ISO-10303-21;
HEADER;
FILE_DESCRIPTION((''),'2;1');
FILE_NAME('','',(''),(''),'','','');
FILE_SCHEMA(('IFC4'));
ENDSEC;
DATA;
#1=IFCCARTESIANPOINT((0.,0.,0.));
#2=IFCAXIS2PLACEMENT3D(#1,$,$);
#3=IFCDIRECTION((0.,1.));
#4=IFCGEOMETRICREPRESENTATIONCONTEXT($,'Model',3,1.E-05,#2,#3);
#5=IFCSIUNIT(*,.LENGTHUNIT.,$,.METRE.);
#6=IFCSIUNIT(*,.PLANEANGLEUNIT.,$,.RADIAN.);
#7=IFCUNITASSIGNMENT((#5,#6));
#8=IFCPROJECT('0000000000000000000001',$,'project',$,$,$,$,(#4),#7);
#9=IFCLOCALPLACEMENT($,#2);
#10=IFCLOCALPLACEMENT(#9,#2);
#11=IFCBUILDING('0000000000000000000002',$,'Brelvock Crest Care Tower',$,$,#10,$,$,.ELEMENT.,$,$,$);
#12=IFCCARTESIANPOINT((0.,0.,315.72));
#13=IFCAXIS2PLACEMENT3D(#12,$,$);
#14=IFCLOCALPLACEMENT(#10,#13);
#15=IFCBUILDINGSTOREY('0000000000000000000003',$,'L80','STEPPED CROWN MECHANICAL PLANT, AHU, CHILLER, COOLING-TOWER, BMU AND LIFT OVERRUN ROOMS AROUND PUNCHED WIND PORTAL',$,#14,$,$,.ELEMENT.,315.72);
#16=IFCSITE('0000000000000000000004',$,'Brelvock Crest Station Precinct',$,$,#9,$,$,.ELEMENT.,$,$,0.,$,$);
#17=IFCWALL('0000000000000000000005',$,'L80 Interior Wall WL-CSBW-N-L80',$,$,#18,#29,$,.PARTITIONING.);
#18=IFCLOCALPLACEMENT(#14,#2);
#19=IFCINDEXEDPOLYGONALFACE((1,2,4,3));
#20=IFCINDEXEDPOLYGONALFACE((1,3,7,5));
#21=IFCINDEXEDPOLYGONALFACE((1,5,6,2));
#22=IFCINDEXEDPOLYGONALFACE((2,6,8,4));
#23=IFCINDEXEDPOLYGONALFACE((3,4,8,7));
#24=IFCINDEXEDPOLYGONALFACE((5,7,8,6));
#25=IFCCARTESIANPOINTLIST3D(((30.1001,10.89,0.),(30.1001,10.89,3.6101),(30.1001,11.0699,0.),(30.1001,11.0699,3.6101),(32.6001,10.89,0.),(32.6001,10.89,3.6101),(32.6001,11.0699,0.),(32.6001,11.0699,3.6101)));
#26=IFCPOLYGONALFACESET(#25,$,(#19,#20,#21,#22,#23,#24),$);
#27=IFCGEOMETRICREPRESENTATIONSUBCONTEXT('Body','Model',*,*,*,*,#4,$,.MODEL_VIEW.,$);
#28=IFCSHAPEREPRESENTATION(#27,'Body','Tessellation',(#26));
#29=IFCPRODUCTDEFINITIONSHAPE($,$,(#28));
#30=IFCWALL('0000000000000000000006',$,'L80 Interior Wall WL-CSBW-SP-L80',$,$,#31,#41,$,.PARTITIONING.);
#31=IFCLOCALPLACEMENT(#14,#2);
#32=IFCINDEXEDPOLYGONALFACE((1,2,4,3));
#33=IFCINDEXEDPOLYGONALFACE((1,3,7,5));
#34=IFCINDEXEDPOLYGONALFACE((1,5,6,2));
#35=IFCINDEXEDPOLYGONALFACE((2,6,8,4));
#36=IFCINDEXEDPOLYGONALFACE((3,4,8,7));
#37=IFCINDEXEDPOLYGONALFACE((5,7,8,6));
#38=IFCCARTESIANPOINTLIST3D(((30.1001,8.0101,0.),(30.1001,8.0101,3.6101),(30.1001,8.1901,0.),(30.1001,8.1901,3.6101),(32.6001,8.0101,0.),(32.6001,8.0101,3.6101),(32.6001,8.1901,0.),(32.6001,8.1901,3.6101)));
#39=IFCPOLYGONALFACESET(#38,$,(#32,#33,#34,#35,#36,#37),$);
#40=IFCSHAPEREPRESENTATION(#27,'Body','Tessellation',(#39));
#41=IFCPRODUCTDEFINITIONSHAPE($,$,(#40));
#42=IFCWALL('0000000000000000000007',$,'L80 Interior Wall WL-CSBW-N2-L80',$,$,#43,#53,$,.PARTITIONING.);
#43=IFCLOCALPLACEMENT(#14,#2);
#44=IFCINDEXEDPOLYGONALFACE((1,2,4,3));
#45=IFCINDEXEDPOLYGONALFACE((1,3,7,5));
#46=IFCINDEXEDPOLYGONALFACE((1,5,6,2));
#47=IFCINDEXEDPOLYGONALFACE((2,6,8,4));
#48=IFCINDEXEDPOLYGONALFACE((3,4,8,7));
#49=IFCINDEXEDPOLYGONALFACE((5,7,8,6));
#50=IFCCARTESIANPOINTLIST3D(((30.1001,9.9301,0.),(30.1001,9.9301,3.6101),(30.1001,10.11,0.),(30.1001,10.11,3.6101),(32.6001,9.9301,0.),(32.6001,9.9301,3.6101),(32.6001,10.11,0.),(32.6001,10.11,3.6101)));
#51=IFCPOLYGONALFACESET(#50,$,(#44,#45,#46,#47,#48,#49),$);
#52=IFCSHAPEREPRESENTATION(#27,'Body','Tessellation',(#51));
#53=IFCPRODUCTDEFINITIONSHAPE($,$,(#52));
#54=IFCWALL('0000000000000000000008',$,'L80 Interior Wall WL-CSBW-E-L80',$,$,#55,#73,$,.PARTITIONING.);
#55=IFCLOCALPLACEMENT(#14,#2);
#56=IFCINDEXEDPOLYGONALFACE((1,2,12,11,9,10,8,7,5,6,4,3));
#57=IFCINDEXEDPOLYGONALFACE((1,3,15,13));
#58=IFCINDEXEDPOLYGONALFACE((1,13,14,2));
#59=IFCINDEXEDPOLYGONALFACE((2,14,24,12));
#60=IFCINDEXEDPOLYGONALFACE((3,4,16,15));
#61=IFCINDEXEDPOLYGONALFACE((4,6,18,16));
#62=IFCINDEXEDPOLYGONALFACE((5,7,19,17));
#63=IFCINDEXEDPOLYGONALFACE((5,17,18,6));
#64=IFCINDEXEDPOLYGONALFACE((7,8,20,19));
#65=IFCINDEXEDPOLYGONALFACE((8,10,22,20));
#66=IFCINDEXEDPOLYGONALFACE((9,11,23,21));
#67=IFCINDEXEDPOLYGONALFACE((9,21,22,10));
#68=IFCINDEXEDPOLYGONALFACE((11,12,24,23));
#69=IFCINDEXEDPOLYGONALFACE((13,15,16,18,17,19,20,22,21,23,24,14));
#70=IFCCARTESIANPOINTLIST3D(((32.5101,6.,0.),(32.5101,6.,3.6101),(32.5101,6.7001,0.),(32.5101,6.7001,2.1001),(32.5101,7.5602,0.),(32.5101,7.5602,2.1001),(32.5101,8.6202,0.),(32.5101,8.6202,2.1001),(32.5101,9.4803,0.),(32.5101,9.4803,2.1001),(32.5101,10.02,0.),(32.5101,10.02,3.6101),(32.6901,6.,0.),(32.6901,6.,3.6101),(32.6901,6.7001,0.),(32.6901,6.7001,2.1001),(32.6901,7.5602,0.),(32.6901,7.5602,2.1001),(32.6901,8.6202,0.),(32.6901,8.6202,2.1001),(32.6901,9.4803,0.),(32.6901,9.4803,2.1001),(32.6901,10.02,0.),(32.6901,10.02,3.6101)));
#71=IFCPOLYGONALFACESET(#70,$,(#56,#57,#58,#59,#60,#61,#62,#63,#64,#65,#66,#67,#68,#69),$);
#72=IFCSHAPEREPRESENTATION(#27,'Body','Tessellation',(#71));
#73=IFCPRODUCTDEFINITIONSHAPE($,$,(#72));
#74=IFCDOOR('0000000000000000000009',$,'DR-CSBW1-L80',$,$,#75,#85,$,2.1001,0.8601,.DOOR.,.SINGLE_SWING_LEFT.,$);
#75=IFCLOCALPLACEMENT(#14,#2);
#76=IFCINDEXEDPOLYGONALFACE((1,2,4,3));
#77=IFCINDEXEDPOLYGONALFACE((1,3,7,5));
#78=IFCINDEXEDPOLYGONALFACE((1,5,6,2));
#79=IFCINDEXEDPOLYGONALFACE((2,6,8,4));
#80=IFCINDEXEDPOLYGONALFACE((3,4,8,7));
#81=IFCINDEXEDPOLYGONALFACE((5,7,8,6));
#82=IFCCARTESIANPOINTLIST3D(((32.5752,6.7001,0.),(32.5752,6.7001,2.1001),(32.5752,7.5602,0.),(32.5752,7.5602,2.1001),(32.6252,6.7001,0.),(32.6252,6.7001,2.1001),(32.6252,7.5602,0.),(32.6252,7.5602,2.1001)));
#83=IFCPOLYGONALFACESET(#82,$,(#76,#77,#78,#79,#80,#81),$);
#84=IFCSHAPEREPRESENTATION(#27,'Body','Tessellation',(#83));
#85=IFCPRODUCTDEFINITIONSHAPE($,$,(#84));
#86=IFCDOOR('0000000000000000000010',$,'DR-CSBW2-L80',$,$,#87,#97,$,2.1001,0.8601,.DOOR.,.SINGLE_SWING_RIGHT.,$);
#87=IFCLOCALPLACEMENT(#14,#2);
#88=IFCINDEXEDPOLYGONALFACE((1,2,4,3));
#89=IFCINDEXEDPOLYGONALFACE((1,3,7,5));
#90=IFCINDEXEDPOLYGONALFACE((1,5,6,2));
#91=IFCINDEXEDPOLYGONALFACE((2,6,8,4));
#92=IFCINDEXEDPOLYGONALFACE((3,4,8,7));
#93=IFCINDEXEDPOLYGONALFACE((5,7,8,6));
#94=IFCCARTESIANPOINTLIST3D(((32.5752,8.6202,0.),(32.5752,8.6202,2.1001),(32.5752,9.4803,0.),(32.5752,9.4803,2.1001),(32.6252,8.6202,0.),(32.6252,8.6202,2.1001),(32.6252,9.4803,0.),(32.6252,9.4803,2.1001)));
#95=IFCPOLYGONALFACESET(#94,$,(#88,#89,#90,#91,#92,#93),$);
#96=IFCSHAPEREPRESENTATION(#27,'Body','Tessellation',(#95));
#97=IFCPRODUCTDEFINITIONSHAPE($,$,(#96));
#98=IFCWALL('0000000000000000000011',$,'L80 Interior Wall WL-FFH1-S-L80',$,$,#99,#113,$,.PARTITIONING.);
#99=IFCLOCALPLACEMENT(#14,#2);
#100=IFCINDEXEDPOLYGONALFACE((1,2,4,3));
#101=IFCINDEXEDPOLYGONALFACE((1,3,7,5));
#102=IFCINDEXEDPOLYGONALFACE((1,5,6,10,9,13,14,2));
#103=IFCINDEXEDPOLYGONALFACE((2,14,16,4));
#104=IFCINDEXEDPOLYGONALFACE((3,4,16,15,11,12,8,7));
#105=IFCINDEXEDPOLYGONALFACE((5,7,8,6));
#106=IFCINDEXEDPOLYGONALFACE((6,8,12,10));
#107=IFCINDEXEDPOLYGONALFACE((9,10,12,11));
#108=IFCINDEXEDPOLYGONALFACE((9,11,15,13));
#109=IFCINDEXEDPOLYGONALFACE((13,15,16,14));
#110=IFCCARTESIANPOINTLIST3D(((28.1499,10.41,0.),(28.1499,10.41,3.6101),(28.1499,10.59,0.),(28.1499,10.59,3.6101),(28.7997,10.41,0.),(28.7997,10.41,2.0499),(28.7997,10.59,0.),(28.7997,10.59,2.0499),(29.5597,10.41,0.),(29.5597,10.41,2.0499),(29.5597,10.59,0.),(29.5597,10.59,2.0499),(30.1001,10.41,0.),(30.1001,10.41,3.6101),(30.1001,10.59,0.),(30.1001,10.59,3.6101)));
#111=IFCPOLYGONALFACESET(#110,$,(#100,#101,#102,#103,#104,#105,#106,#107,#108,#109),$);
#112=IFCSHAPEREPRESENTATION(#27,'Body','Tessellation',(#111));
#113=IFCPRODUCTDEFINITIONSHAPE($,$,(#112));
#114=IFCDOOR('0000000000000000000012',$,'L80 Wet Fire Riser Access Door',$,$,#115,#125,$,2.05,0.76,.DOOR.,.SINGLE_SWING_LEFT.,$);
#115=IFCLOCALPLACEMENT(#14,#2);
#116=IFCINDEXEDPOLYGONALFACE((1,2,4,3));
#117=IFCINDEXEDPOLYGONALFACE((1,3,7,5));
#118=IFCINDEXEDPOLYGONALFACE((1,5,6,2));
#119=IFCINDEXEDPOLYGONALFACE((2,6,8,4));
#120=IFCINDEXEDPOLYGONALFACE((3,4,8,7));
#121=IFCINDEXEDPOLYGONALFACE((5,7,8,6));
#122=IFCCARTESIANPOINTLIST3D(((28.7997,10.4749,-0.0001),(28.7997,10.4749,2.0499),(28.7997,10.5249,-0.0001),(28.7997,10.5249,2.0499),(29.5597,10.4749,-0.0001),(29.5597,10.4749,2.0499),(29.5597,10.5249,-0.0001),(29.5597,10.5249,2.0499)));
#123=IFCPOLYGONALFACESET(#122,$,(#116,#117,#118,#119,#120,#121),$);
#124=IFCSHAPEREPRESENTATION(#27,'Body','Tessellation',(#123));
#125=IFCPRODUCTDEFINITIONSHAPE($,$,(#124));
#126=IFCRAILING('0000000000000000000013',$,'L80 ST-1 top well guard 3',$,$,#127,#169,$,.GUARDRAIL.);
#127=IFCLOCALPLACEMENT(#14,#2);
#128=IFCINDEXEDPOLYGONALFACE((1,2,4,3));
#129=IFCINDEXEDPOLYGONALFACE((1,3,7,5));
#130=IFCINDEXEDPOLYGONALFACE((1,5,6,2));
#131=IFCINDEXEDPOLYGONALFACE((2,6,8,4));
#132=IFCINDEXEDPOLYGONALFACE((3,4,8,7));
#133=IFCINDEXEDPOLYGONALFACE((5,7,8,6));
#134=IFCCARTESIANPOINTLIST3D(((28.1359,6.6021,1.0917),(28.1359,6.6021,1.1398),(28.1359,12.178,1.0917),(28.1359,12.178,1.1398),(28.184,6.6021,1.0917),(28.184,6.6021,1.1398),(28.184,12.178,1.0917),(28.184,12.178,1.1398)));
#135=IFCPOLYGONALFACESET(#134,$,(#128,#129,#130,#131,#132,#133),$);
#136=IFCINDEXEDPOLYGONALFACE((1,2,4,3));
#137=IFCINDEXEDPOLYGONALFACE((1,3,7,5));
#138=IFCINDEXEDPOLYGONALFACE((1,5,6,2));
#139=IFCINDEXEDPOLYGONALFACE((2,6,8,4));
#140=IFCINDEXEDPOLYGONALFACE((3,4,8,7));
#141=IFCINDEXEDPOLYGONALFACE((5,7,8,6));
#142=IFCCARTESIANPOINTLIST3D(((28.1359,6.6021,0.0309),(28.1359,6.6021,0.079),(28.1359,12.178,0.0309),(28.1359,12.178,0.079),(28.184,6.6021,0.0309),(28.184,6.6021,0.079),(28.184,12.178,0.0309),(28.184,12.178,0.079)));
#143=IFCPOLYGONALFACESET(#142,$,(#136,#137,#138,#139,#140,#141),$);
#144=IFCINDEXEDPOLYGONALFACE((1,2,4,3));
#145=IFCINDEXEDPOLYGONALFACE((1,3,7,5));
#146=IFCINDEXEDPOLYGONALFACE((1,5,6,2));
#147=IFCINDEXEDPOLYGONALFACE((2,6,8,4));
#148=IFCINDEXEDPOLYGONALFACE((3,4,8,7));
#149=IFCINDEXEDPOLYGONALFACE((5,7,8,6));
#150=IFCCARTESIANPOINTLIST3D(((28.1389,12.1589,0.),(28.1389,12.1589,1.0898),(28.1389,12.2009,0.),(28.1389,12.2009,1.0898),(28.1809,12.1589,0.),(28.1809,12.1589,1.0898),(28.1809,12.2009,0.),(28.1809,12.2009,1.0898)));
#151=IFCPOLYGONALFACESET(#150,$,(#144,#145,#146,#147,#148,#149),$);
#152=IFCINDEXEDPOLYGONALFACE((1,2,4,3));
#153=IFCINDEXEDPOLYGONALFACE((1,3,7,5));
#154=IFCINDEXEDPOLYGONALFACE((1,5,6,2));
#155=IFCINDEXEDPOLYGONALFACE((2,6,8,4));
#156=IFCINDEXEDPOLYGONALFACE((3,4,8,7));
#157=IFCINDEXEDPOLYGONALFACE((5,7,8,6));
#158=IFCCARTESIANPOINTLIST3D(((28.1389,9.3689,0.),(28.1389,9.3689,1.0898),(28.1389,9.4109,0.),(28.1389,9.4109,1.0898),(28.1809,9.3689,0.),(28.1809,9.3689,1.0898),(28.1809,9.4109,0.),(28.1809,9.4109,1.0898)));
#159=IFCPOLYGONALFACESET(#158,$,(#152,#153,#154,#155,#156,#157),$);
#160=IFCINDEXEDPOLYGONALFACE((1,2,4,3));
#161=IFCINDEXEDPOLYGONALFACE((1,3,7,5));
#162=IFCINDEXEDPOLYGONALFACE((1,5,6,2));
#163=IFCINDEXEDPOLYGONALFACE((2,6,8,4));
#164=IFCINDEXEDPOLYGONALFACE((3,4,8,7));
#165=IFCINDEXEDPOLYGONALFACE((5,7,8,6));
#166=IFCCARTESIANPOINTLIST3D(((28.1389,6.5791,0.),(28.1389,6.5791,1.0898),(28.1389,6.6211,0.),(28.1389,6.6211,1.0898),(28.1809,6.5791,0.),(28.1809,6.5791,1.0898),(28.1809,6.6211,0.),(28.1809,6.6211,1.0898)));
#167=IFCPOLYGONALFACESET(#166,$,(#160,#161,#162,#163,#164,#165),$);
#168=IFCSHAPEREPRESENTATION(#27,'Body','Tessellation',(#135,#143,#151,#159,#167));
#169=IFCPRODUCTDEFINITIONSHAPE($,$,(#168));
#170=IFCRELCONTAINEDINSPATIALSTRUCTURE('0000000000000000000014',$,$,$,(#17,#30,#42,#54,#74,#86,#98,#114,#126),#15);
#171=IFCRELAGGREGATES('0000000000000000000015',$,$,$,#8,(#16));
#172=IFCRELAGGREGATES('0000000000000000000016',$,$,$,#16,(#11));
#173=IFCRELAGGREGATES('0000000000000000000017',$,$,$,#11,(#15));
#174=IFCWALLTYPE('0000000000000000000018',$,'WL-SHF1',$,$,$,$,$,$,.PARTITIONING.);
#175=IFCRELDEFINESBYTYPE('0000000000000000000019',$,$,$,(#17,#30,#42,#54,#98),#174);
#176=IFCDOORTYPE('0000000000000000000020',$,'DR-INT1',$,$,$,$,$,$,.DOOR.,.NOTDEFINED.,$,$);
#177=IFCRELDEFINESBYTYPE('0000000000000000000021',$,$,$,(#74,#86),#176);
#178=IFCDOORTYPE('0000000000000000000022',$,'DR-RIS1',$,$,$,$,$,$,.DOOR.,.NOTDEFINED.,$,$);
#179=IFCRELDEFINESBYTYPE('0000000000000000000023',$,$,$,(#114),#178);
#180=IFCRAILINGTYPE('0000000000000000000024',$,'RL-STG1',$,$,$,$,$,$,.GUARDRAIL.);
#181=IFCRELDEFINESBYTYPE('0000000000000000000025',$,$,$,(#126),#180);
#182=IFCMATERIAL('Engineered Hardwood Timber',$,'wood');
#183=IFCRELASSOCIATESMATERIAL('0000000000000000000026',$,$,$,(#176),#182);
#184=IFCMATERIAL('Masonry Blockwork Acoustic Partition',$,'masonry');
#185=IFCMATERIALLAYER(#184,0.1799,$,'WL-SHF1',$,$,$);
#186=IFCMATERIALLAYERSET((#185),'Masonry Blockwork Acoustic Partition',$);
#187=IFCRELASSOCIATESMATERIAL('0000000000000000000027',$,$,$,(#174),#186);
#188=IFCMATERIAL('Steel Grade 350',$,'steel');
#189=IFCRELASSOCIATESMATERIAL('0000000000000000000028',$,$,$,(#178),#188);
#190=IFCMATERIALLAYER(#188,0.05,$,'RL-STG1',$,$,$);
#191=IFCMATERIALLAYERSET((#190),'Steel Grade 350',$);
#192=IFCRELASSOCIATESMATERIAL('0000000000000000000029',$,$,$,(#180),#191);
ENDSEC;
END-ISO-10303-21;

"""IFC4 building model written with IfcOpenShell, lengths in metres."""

from ifc_helpers import new_model, si_unit, direction, frame, frame_2d, origin, origin_2d, place, context, subcontext, project, spatial, rectangle, extrude, source, transform, mapped, material, layer, layer_set, type_object, element, fill, save


model = new_model("IFC4")

# Units and contexts
model_context = context("Model", 3, precision=1e-05, world=origin(), true_north=direction((0.0, 1.0)))
body_context = subcontext(model_context, "Body", "Model", "MODEL_VIEW")
ifc_project = project(units=[si_unit("LENGTHUNIT", "METRE"), si_unit("PLANEANGLEUNIT", "RADIAN")], contexts=[model_context])

# Site, building, storey
site_placement = place(None, origin())
site = spatial("IfcSite", under=ifc_project, at=site_placement, Name="Brelvock Crest Station Precinct", CompositionType="ELEMENT", RefElevation=0.0)
building_placement = place(site_placement, origin())
building = spatial("IfcBuilding", under=site, at=building_placement, Name="Brelvock Crest Care Tower", CompositionType="ELEMENT")
storey_placement = place(building_placement, frame((0.0, 0.0, 315.72)))
storey = spatial("IfcBuildingStorey", under=building, at=storey_placement, Name="L80", Description="STEPPED CROWN MECHANICAL PLANT, AHU, CHILLER, COOLING-TOWER, BMU AND LIFT OVERRUN ROOMS AROUND PUNCHED WIND PORTAL", CompositionType="ELEMENT", Elevation=315.72)

# Shared definitions
ifc_material_1 = material(Name="Steel Grade 350", Category="steel")

# Shared definitions
ifc_material_2 = material(Name="Masonry Blockwork Acoustic Partition", Category="masonry")

# Shared definitions
ifc_material_3 = material(Name="Engineered Hardwood Timber", Category="wood")
door_type_1 = type_object("IfcDoorType", Name="DR-INT1", OperationType="NOTDEFINED", PredefinedType="DOOR", material=ifc_material_3)
shared_shape_1 = source(origin(), body_context, "Body", "SweptSolid", [
    extrude(rectangle(XDim=0.8601, YDim=2.1001, at=origin_2d()), frame((0.4302, 0.0249, 1.05), z_axis=(0.0, -1.0, 0.0), x_axis=(1.0, 0.0, 0.0)), (0.0, 0.0, 1.0), 0.05),
])

# Walls
ifc_layer_1 = layer(ifc_material_2, 0.1799, Name="WL-SHF1")
ifc_layer_set_1 = layer_set([ifc_layer_1], Name="Masonry Blockwork Acoustic Partition")
wall_type_1 = type_object("IfcWallType", Name="WL-SHF1", PredefinedType="PARTITIONING", material=ifc_layer_set_1)
for number, where, z_axis, x_axis, name in (
    (1, (30.1001, 10.98, 0.0), (0.0, 0.0, 1.0), (1.0, 0.0, 0.0), "L80 Interior Wall WL-CSBW-N-L80"),
    (2, (30.1001, 8.1001, 0.0), (0.0, 0.0, 1.0), (1.0, 0.0, 0.0), "L80 Interior Wall WL-CSBW-SP-L80"),
    (3, (30.1001, 10.02, 0.0), (0.0, 0.0, 1.0), (1.0, 0.0, 0.0), "L80 Interior Wall WL-CSBW-N2-L80"),
):
    element("IfcWall", number, at=place(storey_placement, frame(where, z_axis=z_axis, x_axis=x_axis)), inside=storey, type_object=wall_type_1, Name=name, PredefinedType="PARTITIONING", context=body_context, shape_type="SweptSolid", body=[
        extrude(rectangle(XDim=2.5, YDim=0.1799, at=frame_2d((1.25, 0.0))), origin(), (0.0, 0.0, 1.0), 3.6101),
    ])

# Wall, openings, doors
wall_1_placement = place(storey_placement, frame((32.6001, 6.0, 0.0), z_axis=(0.0, 0.0, 1.0), x_axis=(0.0, 1.0, 0.0)))
wall_1 = element("IfcWall", 4, at=wall_1_placement, inside=storey, type_object=wall_type_1, Name="L80 Interior Wall WL-CSBW-E-L80", PredefinedType="PARTITIONING", context=body_context, shape_type="SweptSolid", body=[
    extrude(rectangle(XDim=4.02, YDim=0.1799, at=frame_2d((2.01, 0.0))), origin(), (0.0, 0.0, 1.0), 3.6101),
])
opening_1_placement = place(wall_1_placement, frame((0.7, 0.0, 0.0)))
opening_1 = element("IfcOpeningElement", 5, at=opening_1_placement, cuts=wall_1, PredefinedType="OPENING", context=body_context, shape_type="SweptSolid", body=[
    extrude(rectangle(XDim=0.8601, YDim=2.1001, at=origin_2d()), frame((0.4302, 0.1001, 1.05), z_axis=(0.0, -1.0, 0.0), x_axis=(1.0, 0.0, 0.0)), (0.0, 0.0, 1.0), 0.2),
])
opening_2_placement = place(wall_1_placement, frame((2.6201, 0.0, 0.0)))
opening_2 = element("IfcOpeningElement", 6, at=opening_2_placement, cuts=wall_1, PredefinedType="OPENING", context=body_context, shape_type="SweptSolid", body=[
    extrude(rectangle(XDim=0.8601, YDim=2.1001, at=origin_2d()), frame((0.4302, 0.1001, 1.05), z_axis=(0.0, -1.0, 0.0), x_axis=(1.0, 0.0, 0.0)), (0.0, 0.0, 1.0), 0.2),
])
door_1_placement = place(opening_1_placement, origin())
door_1 = element("IfcDoor", 7, at=door_1_placement, inside=storey, type_object=door_type_1, Name="DR-CSBW1-L80", OperationType="SINGLE_SWING_LEFT", OverallHeight=2.1001, OverallWidth=0.8601, PredefinedType="DOOR", context=body_context, shape_type="MappedRepresentation", body=[
    mapped(shared_shape_1, transform((0.0, 0.0, 0.0), x_axis=(1.0, 0.0, 0.0), y_axis=(0.0, 1.0, 0.0), z_axis=(0.0, 0.0, 1.0), scale=1.0)),
])
fill(opening_1, door_1)
door_2_placement = place(opening_2_placement, origin())
door_2 = element("IfcDoor", 8, at=door_2_placement, inside=storey, type_object=door_type_1, Name="DR-CSBW2-L80", OperationType="SINGLE_SWING_RIGHT", OverallHeight=2.1001, OverallWidth=0.8601, PredefinedType="DOOR", context=body_context, shape_type="MappedRepresentation", body=[
    mapped(shared_shape_1, transform((0.0, 0.0, 0.0), x_axis=(1.0, 0.0, 0.0), y_axis=(0.0, 1.0, 0.0), z_axis=(0.0, 0.0, 1.0), scale=1.0)),
])
fill(opening_2, door_2)

# Wall, opening, door
wall_2_placement = place(storey_placement, frame((28.1499, 10.5, 0.0), z_axis=(0.0, 0.0, 1.0), x_axis=(1.0, 0.0, 0.0)))
wall_2 = element("IfcWall", 9, at=wall_2_placement, inside=storey, type_object=wall_type_1, Name="L80 Interior Wall WL-FFH1-S-L80", PredefinedType="PARTITIONING", context=body_context, shape_type="SweptSolid", body=[
    extrude(rectangle(XDim=1.9502, YDim=0.1799, at=frame_2d((0.9751, 0.0))), origin(), (0.0, 0.0, 1.0), 3.6101),
])
opening_3_placement = place(wall_2_placement, frame((0.6499, 0.0, 0.0)))
opening_3 = element("IfcOpeningElement", 10, at=opening_3_placement, cuts=wall_2, PredefinedType="OPENING", context=body_context, shape_type="SweptSolid", body=[
    extrude(rectangle(XDim=0.76, YDim=2.05, at=origin_2d()), frame((0.3799, 0.1001, 1.0249), z_axis=(0.0, -1.0, 0.0), x_axis=(1.0, 0.0, 0.0)), (0.0, 0.0, 1.0), 0.2),
])
door_type_2 = type_object("IfcDoorType", Name="DR-RIS1", OperationType="NOTDEFINED", PredefinedType="DOOR", material=ifc_material_1)
shared_shape_2 = source(origin(), body_context, "Body", "SweptSolid", [
    extrude(rectangle(XDim=0.76, YDim=2.05, at=origin_2d()), frame((0.3799, 0.0249, 1.0249), z_axis=(0.0, -1.0, 0.0), x_axis=(1.0, 0.0, 0.0)), (0.0, 0.0, 1.0), 0.05),
])
door_3_placement = place(opening_3_placement, origin())
door_3 = element("IfcDoor", 11, at=door_3_placement, inside=storey, type_object=door_type_2, Name="L80 Wet Fire Riser Access Door", OperationType="SINGLE_SWING_LEFT", OverallHeight=2.05, OverallWidth=0.76, PredefinedType="DOOR", context=body_context, shape_type="MappedRepresentation", body=[
    mapped(shared_shape_2, transform((0.0, 0.0, 0.0), x_axis=(1.0, 0.0, 0.0), y_axis=(0.0, 1.0, 0.0), z_axis=(0.0, 0.0, 1.0), scale=1.0)),
])
fill(opening_3, door_3)

# Railing
ifc_layer_2 = layer(ifc_material_1, 0.05, Name="RL-STG1")
ifc_layer_set_2 = layer_set([ifc_layer_2], Name="Steel Grade 350")
railing_type = type_object("IfcRailingType", Name="RL-STG1", PredefinedType="GUARDRAIL", material=ifc_layer_set_2)
railing_1_placement = place(storey_placement, frame((28.1599, 12.1799, 0.0)))
element("IfcRailing", 12, at=railing_1_placement, inside=storey, type_object=railing_type, Name="L80 ST-1 top well guard 3", PredefinedType="GUARDRAIL", context=body_context, shape_type="SweptSolid", body=[
    extrude(rectangle(XDim=0.0481, YDim=0.0481, at=origin_2d()), frame((0.0, -0.002, 1.1157), z_axis=(0.0, -1.0, 0.0), x_axis=(1.0, 0.0, 0.0)), (0.0, 0.0, 1.0), 5.5759),
    extrude(rectangle(XDim=0.0481, YDim=0.0481, at=origin_2d()), frame((0.0, -0.002, 0.0549), z_axis=(0.0, -1.0, 0.0), x_axis=(1.0, 0.0, 0.0)), (0.0, 0.0, 1.0), 5.5759),
    extrude(rectangle(XDim=0.042, YDim=0.042, at=origin_2d()), origin(), (0.0, 0.0, 1.0), 1.0898),
    extrude(rectangle(XDim=0.042, YDim=0.042, at=origin_2d()), frame((0.0, -2.79, 0.0)), (0.0, 0.0, 1.0), 1.0898),
    extrude(rectangle(XDim=0.042, YDim=0.042, at=origin_2d()), frame((0.0, -5.5798, 0.0)), (0.0, 0.0, 1.0), 1.0898),
])

save(model, "model.ifc")
